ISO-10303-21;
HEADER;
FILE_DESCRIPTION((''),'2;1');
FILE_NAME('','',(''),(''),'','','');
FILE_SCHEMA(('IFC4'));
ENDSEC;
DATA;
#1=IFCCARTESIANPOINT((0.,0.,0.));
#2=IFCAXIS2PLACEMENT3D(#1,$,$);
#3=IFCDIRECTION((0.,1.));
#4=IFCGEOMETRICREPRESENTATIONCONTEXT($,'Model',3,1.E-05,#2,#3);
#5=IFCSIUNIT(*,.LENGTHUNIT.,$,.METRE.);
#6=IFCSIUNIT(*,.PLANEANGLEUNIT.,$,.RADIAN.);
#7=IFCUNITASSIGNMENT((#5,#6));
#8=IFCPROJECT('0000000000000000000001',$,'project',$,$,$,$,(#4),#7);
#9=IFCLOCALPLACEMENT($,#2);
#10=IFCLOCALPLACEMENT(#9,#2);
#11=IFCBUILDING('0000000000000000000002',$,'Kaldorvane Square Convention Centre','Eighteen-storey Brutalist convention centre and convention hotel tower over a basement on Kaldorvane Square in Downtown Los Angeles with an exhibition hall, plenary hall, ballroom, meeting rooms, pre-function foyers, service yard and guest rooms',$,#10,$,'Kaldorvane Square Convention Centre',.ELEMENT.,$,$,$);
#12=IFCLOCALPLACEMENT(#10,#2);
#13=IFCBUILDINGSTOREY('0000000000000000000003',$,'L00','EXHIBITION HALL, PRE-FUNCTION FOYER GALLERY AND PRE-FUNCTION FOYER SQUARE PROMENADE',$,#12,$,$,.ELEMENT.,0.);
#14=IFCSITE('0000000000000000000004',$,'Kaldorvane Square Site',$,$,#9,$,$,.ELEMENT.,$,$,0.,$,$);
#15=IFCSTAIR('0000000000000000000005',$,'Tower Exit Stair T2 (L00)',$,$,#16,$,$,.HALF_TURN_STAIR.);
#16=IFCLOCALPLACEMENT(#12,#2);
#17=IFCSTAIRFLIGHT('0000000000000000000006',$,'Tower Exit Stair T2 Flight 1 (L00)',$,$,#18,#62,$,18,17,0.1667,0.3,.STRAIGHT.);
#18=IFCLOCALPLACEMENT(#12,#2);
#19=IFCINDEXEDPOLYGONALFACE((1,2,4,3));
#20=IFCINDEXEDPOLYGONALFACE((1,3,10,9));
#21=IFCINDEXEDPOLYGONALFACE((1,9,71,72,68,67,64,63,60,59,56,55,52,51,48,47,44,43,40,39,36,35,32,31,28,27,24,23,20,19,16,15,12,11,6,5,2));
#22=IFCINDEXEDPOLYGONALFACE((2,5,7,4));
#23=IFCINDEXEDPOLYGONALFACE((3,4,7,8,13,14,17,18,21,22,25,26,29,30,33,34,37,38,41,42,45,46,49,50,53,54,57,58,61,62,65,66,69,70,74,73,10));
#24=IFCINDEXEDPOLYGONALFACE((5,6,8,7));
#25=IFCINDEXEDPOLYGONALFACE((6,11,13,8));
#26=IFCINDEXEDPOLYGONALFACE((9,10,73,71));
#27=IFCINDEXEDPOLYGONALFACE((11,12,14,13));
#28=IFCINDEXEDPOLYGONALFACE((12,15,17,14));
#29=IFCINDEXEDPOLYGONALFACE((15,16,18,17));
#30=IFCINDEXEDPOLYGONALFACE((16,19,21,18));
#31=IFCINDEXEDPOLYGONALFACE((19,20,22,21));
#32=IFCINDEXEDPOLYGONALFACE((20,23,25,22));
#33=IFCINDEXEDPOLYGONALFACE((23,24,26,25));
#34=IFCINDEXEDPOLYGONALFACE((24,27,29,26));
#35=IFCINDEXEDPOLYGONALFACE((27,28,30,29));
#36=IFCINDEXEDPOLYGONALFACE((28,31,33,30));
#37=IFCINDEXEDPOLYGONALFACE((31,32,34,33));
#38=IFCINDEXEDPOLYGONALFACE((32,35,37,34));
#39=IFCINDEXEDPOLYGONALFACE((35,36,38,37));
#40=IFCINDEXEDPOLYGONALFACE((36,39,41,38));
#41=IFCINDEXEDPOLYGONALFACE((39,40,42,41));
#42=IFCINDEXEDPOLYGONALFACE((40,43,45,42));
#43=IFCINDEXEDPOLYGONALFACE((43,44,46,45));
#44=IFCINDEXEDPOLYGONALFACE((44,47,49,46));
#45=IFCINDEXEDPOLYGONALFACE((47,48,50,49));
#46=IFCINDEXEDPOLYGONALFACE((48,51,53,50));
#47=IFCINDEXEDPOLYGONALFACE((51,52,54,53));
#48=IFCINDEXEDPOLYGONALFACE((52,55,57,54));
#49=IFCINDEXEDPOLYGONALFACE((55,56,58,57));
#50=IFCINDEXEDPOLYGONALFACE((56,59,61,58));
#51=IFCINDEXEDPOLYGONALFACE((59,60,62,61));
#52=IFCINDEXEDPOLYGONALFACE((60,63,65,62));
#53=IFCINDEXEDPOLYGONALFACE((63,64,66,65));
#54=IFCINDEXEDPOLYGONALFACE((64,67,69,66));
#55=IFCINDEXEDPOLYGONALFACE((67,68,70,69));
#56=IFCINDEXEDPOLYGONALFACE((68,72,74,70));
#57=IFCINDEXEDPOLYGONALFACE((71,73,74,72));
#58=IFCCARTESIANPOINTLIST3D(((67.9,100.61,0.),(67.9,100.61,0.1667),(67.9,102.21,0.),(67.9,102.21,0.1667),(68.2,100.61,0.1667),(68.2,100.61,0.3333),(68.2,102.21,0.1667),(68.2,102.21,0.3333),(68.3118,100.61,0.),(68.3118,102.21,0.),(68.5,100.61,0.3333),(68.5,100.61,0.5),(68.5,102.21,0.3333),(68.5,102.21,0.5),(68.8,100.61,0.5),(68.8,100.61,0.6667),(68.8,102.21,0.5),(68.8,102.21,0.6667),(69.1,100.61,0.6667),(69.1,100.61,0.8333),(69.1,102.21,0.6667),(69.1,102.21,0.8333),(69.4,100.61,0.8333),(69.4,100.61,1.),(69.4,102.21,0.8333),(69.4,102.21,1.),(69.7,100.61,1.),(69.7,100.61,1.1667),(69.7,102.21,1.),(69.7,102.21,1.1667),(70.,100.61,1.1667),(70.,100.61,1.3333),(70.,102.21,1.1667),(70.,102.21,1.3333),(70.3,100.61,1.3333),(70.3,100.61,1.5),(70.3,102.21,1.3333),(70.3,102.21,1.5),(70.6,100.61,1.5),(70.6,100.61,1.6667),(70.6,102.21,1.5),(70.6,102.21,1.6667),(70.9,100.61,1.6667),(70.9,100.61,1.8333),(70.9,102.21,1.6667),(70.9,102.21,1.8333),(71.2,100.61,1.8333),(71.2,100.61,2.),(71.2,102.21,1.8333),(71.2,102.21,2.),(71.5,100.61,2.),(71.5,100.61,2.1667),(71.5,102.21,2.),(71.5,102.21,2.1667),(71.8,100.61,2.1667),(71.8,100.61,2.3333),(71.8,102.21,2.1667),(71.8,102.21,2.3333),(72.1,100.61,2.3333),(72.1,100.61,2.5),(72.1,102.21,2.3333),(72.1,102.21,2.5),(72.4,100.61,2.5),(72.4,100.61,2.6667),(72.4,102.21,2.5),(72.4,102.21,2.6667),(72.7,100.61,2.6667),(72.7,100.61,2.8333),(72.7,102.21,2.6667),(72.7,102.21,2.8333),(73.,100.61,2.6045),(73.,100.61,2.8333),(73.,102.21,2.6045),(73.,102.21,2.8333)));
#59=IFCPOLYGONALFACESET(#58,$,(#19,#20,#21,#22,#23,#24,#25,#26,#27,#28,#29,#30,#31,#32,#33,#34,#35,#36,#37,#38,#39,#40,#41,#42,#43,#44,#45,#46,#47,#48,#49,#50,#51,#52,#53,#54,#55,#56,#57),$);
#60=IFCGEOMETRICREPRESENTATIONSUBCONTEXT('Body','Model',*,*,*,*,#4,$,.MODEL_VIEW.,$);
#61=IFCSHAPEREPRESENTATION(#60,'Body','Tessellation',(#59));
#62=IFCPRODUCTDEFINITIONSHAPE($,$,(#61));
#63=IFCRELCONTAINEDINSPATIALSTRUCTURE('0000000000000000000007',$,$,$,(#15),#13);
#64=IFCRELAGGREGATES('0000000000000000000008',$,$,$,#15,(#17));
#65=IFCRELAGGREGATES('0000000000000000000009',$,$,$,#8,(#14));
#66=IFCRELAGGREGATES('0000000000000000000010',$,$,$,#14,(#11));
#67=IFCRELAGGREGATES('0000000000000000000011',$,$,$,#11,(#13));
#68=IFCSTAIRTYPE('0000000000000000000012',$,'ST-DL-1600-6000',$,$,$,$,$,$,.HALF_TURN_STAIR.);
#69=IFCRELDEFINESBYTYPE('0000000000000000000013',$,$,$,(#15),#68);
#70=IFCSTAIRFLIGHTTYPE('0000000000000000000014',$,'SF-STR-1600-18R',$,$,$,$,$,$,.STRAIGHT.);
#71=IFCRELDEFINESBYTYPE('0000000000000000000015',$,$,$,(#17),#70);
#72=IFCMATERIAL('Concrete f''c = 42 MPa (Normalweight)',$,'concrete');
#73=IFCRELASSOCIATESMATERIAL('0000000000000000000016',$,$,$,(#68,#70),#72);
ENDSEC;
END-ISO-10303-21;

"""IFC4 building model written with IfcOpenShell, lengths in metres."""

from ifc_helpers import new_model, si_unit, direction, frame, origin, place, context, subcontext, project, spatial, polyline, outline, extrude, material, type_object, element, aggregate, save


model = new_model("IFC4")

# Units and contexts
model_context = context("Model", 3, precision=1e-05, world=origin(), true_north=direction((0.0, 1.0)))
body_context = subcontext(model_context, "Body", "Model", "MODEL_VIEW")
ifc_project = project(units=[si_unit("LENGTHUNIT", "METRE"), si_unit("PLANEANGLEUNIT", "RADIAN")], contexts=[model_context])

# Site, building, storey
site_placement = place(None, origin())
site = spatial("IfcSite", under=ifc_project, at=site_placement, Name="Kaldorvane Square Site", CompositionType="ELEMENT", RefElevation=0.0)
building_placement = place(site_placement, origin())
building = spatial("IfcBuilding", under=site, at=building_placement, Name="Kaldorvane Square Convention Centre", Description="Eighteen-storey Brutalist convention centre and convention hotel tower over a basement on Kaldorvane Square in Downtown Los Angeles with an exhibition hall, plenary hall, ballroom, meeting rooms, pre-function foyers, service yard and guest rooms", LongName="Kaldorvane Square Convention Centre", CompositionType="ELEMENT")
storey_placement = place(building_placement, origin())
storey = spatial("IfcBuildingStorey", under=building, at=storey_placement, Name="L00", Description="EXHIBITION HALL, PRE-FUNCTION FOYER GALLERY AND PRE-FUNCTION FOYER SQUARE PROMENADE", CompositionType="ELEMENT", Elevation=0.0)

# Shared definitions
ifc_material_1 = material(Name="Concrete f'c = 42 MPa (Normalweight)", Category="concrete")

# Stair, stair flight
stair_type = type_object("IfcStairType", Name="ST-DL-1600-6000", PredefinedType="HALF_TURN_STAIR", material=ifc_material_1)
stair_placement = place(storey_placement, origin())
stair = element("IfcStair", 1, at=stair_placement, inside=storey, type_object=stair_type, Name="Tower Exit Stair T2 (L00)", PredefinedType="HALF_TURN_STAIR")
stair_flight_type = type_object("IfcStairFlightType", Name="SF-STR-1600-18R", PredefinedType="STRAIGHT", material=ifc_material_1)
stair_flight_placement = place(storey_placement, frame((67.9, 101.41, 0.0), z_axis=(0.0, 0.0, 1.0), x_axis=(1.0, 0.0, 0.0)))
stair_flight = element("IfcStairFlight", 2, at=stair_flight_placement, type_object=stair_flight_type, Name="Tower Exit Stair T2 Flight 1 (L00)", NumberOfRisers=18, NumberOfTreads=17, PredefinedType="STRAIGHT", RiserHeight=0.1667, TreadLength=0.3, context=body_context, shape_type="SweptSolid", body=[
    extrude(outline(polyline([(0.0, 0.0), (0.0, 0.1667), (0.3, 0.1667), (0.3, 0.3333), (0.6, 0.3333), (0.6, 0.5), (0.9, 0.5), (0.9, 0.6667), (1.2, 0.6667), (1.2, 0.8333), (1.5, 0.8333), (1.5, 1.0), (1.8, 1.0), (1.8, 1.1667), (2.1, 1.1667), (2.1, 1.3333), (2.4, 1.3333), (2.4, 1.5), (2.7, 1.5), (2.7, 1.6667), (3.0, 1.6667), (3.0, 1.8333), (3.3, 1.8333), (3.3, 2.0), (3.6, 2.0), (3.6, 2.1667), (3.9, 2.1667), (3.9, 2.3333), (4.2, 2.3333), (4.2, 2.5), (4.5, 2.5), (4.5, 2.6667), (4.8, 2.6667), (4.8, 2.8333), (5.1, 2.8333), (5.1, 3.0), (5.1, 2.6045), (0.4118, 0.0), (0.0, 0.0)])), frame((0.0, 0.8, 0.0), z_axis=(0.0, -1.0, 0.0), x_axis=(1.0, 0.0, 0.0)), (0.0, 0.0, 1.0), 1.6),
])
aggregate(stair, [stair_flight])

save(model, "model.ifc")
